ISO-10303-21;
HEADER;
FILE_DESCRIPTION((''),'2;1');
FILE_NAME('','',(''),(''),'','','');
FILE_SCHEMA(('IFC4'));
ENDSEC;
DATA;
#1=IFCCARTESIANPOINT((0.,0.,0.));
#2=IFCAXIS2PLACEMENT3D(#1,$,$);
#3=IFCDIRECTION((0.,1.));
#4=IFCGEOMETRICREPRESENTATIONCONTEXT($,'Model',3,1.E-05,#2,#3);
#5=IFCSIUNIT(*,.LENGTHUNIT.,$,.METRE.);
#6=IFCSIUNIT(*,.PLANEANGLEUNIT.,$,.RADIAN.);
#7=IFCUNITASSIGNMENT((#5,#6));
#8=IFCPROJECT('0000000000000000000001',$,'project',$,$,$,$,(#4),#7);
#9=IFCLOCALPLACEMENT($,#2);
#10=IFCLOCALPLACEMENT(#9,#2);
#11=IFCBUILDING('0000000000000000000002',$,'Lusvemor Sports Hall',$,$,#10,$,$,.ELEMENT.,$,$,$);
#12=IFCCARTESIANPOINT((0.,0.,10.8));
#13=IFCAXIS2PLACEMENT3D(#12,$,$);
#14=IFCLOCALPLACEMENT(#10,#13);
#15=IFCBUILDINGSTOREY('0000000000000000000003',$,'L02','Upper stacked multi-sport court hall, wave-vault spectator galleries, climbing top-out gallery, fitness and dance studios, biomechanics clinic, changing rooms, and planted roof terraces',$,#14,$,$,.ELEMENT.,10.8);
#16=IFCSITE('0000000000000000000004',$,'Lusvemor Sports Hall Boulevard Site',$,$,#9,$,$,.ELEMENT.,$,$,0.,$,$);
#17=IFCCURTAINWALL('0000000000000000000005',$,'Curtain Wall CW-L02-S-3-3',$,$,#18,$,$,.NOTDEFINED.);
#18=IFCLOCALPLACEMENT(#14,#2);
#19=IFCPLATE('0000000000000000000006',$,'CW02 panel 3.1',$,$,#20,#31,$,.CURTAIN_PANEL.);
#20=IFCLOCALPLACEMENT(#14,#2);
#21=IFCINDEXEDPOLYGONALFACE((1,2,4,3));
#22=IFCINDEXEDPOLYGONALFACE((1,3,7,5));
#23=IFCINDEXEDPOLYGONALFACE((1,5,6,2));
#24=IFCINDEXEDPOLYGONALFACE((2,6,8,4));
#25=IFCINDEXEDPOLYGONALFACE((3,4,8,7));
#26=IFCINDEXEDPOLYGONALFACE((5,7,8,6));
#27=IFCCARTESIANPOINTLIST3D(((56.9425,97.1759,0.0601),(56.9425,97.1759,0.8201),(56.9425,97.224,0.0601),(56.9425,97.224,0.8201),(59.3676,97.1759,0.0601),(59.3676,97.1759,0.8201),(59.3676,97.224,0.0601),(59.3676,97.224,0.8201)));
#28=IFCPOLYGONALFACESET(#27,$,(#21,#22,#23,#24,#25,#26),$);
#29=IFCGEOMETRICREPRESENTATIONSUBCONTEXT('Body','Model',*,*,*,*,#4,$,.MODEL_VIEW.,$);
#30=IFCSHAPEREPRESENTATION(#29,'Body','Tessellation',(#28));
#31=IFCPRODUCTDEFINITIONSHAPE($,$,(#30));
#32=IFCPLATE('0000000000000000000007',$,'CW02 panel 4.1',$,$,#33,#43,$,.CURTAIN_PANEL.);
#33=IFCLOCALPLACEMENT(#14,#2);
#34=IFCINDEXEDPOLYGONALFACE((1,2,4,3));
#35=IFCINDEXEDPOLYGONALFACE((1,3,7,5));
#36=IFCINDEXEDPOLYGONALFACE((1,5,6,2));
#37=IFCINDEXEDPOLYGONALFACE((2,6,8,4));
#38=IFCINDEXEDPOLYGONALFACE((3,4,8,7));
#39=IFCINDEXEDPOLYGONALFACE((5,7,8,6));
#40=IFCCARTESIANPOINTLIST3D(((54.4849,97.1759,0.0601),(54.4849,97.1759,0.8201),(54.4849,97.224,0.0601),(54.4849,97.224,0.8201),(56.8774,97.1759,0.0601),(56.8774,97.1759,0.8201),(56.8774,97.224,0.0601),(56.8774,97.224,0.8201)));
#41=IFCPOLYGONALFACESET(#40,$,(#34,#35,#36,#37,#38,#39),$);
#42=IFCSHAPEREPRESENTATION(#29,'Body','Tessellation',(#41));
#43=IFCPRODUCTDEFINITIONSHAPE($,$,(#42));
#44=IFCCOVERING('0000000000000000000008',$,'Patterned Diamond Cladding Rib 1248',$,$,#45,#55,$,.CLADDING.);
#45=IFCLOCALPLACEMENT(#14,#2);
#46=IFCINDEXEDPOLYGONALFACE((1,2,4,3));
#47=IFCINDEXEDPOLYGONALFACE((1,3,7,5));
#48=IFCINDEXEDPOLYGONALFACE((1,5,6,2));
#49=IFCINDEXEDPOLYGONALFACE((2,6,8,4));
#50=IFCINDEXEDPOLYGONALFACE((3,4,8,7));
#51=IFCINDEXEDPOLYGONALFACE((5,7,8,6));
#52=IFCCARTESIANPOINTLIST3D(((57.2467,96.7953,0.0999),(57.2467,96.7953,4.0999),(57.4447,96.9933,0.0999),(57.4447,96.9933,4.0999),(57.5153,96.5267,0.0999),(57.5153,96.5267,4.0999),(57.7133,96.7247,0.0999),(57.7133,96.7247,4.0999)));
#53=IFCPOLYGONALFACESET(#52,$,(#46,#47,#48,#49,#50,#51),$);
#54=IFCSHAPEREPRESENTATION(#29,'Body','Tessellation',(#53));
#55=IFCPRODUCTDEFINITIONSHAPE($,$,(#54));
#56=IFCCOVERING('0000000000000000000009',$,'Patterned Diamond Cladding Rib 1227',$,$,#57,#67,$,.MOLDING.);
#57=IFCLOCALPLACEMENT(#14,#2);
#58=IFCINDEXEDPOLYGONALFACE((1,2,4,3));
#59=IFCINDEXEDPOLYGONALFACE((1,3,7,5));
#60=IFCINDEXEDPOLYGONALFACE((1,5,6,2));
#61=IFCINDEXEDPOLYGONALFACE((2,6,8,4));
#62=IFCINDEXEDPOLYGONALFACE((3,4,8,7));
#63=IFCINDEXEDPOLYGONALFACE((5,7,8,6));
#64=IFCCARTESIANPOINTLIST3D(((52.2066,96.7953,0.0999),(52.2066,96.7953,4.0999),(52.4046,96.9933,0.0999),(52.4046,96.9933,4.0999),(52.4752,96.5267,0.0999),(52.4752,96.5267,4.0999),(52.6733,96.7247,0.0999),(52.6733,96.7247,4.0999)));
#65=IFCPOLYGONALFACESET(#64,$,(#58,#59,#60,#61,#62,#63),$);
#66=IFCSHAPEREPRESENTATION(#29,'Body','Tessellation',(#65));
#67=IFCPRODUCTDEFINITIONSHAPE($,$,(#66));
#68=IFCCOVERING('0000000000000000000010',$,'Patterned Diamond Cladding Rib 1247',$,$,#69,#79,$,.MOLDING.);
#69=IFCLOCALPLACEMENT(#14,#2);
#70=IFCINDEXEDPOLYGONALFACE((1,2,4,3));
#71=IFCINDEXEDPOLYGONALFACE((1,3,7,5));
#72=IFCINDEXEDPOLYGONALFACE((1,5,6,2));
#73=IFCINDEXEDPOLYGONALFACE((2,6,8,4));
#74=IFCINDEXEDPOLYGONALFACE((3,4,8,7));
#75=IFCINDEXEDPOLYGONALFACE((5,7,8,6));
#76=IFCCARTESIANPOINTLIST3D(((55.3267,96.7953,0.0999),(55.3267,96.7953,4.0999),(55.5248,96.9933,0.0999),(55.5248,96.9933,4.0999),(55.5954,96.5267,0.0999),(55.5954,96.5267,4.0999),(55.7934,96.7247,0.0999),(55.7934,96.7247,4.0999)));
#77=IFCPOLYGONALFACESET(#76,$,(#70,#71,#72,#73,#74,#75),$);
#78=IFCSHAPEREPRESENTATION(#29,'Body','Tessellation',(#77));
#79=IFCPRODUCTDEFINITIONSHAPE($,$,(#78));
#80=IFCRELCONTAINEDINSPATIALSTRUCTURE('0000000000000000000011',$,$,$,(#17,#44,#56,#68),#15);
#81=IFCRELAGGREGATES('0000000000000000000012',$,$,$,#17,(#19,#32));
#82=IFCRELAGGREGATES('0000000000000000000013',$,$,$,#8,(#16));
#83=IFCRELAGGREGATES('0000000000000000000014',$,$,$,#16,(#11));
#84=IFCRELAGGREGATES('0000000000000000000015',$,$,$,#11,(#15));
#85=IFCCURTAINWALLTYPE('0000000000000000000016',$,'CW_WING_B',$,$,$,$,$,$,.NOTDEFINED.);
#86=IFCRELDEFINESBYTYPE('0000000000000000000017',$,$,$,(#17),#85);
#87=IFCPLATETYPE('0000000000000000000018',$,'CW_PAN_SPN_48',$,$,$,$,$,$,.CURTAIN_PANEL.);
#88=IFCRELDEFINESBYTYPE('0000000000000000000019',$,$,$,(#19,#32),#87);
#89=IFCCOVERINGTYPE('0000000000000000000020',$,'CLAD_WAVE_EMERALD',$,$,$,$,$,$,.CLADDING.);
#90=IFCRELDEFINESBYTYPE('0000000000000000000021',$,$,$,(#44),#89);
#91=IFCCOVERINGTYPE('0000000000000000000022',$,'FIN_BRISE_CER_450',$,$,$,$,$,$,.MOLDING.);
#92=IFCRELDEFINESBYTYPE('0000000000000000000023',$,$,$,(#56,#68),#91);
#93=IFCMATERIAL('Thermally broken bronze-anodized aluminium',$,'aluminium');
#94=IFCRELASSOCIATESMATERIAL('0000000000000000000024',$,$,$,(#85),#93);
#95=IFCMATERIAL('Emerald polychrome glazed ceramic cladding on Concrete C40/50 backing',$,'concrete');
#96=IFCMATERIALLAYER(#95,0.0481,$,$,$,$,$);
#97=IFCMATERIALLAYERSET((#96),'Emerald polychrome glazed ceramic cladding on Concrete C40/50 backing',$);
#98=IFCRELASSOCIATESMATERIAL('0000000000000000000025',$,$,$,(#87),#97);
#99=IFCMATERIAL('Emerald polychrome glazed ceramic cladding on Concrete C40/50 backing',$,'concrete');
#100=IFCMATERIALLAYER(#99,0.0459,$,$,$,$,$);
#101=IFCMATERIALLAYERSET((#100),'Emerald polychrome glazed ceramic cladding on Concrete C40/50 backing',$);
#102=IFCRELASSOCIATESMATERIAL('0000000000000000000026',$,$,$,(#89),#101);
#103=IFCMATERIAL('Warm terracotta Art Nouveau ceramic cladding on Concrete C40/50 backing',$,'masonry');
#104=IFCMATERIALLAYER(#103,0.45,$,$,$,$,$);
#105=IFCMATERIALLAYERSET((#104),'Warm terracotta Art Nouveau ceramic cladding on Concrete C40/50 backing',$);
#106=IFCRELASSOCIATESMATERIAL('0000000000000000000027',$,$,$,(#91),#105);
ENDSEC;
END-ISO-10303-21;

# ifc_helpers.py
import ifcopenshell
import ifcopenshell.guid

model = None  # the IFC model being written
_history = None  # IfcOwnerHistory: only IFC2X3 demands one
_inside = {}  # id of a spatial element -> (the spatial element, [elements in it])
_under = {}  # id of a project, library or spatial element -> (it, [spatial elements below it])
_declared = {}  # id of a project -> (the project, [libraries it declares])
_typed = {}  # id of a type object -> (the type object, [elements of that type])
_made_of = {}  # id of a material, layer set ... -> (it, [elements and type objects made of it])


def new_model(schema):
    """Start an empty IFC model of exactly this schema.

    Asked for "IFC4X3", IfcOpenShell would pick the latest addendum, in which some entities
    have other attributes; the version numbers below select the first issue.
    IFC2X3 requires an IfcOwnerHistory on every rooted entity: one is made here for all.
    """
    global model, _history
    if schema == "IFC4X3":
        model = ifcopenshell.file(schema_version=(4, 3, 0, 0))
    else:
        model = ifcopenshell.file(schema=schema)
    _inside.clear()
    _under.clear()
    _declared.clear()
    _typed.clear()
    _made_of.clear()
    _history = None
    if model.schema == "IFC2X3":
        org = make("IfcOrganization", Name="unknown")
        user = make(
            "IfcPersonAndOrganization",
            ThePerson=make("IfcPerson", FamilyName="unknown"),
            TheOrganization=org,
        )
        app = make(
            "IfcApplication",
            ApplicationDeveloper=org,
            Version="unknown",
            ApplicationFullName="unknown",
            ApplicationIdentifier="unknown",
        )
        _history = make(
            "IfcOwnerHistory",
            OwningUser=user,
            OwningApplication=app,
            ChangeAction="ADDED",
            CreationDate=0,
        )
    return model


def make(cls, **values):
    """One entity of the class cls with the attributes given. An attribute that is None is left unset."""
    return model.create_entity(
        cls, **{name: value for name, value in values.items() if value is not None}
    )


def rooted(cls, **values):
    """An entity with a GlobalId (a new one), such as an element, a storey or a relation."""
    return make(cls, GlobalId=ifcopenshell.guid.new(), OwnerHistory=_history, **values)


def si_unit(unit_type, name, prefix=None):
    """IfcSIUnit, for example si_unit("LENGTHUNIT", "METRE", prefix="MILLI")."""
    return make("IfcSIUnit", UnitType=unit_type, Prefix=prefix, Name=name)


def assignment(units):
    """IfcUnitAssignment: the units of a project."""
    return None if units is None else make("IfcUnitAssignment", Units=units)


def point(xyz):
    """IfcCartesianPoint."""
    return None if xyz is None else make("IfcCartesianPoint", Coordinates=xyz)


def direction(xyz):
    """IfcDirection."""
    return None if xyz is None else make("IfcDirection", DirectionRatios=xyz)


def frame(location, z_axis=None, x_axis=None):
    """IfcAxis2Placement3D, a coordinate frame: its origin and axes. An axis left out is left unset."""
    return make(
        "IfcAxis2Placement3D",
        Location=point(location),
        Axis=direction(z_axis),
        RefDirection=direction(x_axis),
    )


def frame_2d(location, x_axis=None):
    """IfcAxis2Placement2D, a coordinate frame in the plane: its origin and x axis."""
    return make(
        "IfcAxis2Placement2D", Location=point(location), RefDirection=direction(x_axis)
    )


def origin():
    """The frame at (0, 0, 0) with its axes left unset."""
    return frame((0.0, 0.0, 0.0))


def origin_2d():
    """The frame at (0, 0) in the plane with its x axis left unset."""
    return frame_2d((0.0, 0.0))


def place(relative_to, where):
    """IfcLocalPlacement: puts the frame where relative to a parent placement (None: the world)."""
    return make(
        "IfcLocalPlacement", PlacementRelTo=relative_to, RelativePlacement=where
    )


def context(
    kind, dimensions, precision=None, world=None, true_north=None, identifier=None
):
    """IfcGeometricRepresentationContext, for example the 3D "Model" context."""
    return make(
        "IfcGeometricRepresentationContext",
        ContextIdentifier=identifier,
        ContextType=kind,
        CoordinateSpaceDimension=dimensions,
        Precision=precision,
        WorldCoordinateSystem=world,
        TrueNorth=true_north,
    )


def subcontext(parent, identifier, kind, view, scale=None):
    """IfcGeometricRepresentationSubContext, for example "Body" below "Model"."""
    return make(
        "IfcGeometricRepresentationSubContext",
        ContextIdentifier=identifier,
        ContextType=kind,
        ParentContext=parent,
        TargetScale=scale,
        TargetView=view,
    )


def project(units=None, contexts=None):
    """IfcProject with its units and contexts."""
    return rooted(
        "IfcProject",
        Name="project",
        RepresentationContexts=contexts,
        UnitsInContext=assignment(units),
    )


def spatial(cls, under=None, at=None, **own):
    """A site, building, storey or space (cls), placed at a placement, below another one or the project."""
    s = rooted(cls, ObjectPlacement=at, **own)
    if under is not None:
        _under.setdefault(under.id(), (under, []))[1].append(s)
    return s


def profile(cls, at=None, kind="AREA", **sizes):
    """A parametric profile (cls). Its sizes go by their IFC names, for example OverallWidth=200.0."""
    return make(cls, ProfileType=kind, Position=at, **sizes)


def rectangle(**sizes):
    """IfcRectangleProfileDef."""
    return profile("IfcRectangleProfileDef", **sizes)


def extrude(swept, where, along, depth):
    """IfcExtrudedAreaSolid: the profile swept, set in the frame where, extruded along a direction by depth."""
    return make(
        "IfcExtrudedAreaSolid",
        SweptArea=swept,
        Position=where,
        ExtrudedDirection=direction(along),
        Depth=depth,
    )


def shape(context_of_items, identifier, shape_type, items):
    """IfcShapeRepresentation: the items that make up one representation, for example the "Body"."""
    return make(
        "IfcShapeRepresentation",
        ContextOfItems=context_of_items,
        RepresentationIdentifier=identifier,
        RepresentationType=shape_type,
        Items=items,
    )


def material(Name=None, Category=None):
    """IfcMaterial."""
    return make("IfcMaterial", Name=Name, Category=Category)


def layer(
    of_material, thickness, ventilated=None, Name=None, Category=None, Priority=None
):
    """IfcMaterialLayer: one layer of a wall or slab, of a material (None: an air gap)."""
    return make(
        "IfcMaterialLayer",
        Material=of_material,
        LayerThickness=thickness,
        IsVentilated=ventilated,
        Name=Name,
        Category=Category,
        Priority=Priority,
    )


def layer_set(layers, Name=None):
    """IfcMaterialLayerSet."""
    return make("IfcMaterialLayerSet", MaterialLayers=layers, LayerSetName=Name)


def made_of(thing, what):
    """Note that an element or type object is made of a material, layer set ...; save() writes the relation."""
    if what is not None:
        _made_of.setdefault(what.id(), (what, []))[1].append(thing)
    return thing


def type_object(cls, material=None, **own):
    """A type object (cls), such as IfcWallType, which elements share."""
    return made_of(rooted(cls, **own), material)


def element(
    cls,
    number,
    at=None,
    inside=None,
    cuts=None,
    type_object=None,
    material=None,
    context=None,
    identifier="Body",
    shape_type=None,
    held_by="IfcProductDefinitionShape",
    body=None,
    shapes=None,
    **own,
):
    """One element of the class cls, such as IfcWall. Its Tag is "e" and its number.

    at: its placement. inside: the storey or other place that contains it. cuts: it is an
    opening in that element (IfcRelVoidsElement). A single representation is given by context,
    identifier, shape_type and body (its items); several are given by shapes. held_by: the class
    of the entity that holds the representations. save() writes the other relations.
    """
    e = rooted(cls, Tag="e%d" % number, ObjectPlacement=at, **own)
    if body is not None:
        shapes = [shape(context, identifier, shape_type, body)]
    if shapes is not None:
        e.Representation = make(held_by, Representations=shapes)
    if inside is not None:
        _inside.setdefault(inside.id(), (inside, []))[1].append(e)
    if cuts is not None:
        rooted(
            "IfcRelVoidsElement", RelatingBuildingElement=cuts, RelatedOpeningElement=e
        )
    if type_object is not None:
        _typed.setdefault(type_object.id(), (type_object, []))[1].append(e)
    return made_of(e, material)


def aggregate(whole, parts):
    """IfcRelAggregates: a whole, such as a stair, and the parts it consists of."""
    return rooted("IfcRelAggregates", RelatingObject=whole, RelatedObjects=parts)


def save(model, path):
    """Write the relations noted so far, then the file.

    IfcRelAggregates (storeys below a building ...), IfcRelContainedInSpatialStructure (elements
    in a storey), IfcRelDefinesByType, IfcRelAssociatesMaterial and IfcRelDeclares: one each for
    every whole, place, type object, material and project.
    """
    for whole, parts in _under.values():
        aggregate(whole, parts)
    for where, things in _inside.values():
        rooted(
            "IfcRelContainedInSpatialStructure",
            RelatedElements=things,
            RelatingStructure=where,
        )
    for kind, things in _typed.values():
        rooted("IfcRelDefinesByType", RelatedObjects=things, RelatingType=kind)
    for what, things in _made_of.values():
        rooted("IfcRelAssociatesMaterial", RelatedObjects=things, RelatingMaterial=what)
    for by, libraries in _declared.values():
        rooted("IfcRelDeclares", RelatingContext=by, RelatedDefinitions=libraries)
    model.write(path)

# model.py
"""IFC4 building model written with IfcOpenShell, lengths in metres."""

from ifc_helpers import new_model, si_unit, direction, frame, origin, origin_2d, place, context, subcontext, project, spatial, rectangle, extrude, material, layer, layer_set, type_object, element, aggregate, save


model = new_model("IFC4")

# Units and contexts
model_context = context("Model", 3, precision=1e-05, world=origin(), true_north=direction((0.0, 1.0)))
body_context = subcontext(model_context, "Body", "Model", "MODEL_VIEW")
ifc_project = project(units=[si_unit("LENGTHUNIT", "METRE"), si_unit("PLANEANGLEUNIT", "RADIAN")], contexts=[model_context])

# Site, building, storey
site_placement = place(None, origin())
site = spatial("IfcSite", under=ifc_project, at=site_placement, Name="Lusvemor Sports Hall Boulevard Site", CompositionType="ELEMENT", RefElevation=0.0)
building_placement = place(site_placement, origin())
building = spatial("IfcBuilding", under=site, at=building_placement, Name="Lusvemor Sports Hall", CompositionType="ELEMENT")
storey_placement = place(building_placement, frame((0.0, 0.0, 10.8)))
storey = spatial("IfcBuildingStorey", under=building, at=storey_placement, Name="L02", Description="Upper stacked multi-sport court hall, wave-vault spectator galleries, climbing top-out gallery, fitness and dance studios, biomechanics clinic, changing rooms, and planted roof terraces", CompositionType="ELEMENT", Elevation=10.8)

# Shared definitions
ifc_material_1 = material(Name="Thermally broken bronze-anodized aluminium", Category="aluminium")
curtain_wall_type = type_object("IfcCurtainWallType", Name="CW_WING_B", PredefinedType="NOTDEFINED", material=ifc_material_1)

# Curtain wall
curtain_wall_1_placement = place(storey_placement, origin())
curtain_wall_1 = element("IfcCurtainWall", 1, at=curtain_wall_1_placement, inside=storey, type_object=curtain_wall_type, Name="Curtain Wall CW-L02-S-3-3", PredefinedType="NOTDEFINED")

# Plates
ifc_material_2 = material(Name="Emerald polychrome glazed ceramic cladding on Concrete C40/50 backing", Category="concrete")
ifc_layer_1 = layer(ifc_material_2, 0.0481)
ifc_layer_set_1 = layer_set([ifc_layer_1], Name="Emerald polychrome glazed ceramic cladding on Concrete C40/50 backing")
plate_type_1 = type_object("IfcPlateType", Name="CW_PAN_SPN_48", PredefinedType="CURTAIN_PANEL", material=ifc_layer_set_1)
plate_1_placement = place(storey_placement, frame((58.155, 97.2, 0.0601), z_axis=(0.0, 0.0, 1.0), x_axis=(-1.0, 0.0, 0.0)))
plate_1 = element("IfcPlate", 2, at=plate_1_placement, type_object=plate_type_1, Name="CW02 panel 3.1", PredefinedType="CURTAIN_PANEL", context=body_context, shape_type="SweptSolid", body=[
    extrude(rectangle(XDim=2.425, YDim=0.0481, at=origin_2d()), origin(), (0.0, 0.0, 1.0), 0.76),
])
plate_2_placement = place(storey_placement, frame((55.6812, 97.2, 0.0601), z_axis=(0.0, 0.0, 1.0), x_axis=(-1.0, 0.0, 0.0)))
plate_2 = element("IfcPlate", 3, at=plate_2_placement, type_object=plate_type_1, Name="CW02 panel 4.1", PredefinedType="CURTAIN_PANEL", context=body_context, shape_type="SweptSolid", body=[
    extrude(rectangle(XDim=2.3926, YDim=0.0481, at=origin_2d()), origin(), (0.0, 0.0, 1.0), 0.76),
])
aggregate(curtain_wall_1, [plate_1, plate_2])

# Coverings
ifc_material_3 = material(Name="Emerald polychrome glazed ceramic cladding on Concrete C40/50 backing", Category="concrete")
ifc_layer_2 = layer(ifc_material_3, 0.0459)
ifc_layer_set_2 = layer_set([ifc_layer_2], Name="Emerald polychrome glazed ceramic cladding on Concrete C40/50 backing")
covering_type_1 = type_object("IfcCoveringType", Name="CLAD_WAVE_EMERALD", PredefinedType="CLADDING", material=ifc_layer_set_2)
covering_placement = place(storey_placement, frame((57.48, 96.76, 0.0999), z_axis=(0.0, 0.0, 1.0), x_axis=(0.707107, 0.707107, 0.0)))
element("IfcCovering", 4, at=covering_placement, inside=storey, type_object=covering_type_1, Name="Patterned Diamond Cladding Rib 1248", PredefinedType="CLADDING", context=body_context, shape_type="SweptSolid", body=[
    extrude(rectangle(XDim=0.28, YDim=0.3799, at=origin_2d()), origin(), (0.0, 0.0, 1.0), 4.0),
])
ifc_material_4 = material(Name="Warm terracotta Art Nouveau ceramic cladding on Concrete C40/50 backing", Category="masonry")
ifc_layer_3 = layer(ifc_material_4, 0.45)
ifc_layer_set_3 = layer_set([ifc_layer_3], Name="Warm terracotta Art Nouveau ceramic cladding on Concrete C40/50 backing")
covering_type_2 = type_object("IfcCoveringType", Name="FIN_BRISE_CER_450", PredefinedType="MOLDING", material=ifc_layer_set_3)
for number, where, z_axis, x_axis, name in (
    (5, (52.4399, 96.76, 0.0999), (0.0, 0.0, 1.0), (0.707107, 0.707107, 0.0), "Patterned Diamond Cladding Rib 1227"),
    (6, (55.5601, 96.76, 0.0999), (0.0, 0.0, 1.0), (0.707107, 0.707107, 0.0), "Patterned Diamond Cladding Rib 1247"),
):
    element("IfcCovering", number, at=place(storey_placement, frame(where, z_axis=z_axis, x_axis=x_axis)), inside=storey, type_object=covering_type_2, Name=name, PredefinedType="MOLDING", context=body_context, shape_type="SweptSolid", body=[
        extrude(rectangle(XDim=0.28, YDim=0.3799, at=origin_2d()), origin(), (0.0, 0.0, 1.0), 4.0),
    ])

save(model, "model.ifc")
